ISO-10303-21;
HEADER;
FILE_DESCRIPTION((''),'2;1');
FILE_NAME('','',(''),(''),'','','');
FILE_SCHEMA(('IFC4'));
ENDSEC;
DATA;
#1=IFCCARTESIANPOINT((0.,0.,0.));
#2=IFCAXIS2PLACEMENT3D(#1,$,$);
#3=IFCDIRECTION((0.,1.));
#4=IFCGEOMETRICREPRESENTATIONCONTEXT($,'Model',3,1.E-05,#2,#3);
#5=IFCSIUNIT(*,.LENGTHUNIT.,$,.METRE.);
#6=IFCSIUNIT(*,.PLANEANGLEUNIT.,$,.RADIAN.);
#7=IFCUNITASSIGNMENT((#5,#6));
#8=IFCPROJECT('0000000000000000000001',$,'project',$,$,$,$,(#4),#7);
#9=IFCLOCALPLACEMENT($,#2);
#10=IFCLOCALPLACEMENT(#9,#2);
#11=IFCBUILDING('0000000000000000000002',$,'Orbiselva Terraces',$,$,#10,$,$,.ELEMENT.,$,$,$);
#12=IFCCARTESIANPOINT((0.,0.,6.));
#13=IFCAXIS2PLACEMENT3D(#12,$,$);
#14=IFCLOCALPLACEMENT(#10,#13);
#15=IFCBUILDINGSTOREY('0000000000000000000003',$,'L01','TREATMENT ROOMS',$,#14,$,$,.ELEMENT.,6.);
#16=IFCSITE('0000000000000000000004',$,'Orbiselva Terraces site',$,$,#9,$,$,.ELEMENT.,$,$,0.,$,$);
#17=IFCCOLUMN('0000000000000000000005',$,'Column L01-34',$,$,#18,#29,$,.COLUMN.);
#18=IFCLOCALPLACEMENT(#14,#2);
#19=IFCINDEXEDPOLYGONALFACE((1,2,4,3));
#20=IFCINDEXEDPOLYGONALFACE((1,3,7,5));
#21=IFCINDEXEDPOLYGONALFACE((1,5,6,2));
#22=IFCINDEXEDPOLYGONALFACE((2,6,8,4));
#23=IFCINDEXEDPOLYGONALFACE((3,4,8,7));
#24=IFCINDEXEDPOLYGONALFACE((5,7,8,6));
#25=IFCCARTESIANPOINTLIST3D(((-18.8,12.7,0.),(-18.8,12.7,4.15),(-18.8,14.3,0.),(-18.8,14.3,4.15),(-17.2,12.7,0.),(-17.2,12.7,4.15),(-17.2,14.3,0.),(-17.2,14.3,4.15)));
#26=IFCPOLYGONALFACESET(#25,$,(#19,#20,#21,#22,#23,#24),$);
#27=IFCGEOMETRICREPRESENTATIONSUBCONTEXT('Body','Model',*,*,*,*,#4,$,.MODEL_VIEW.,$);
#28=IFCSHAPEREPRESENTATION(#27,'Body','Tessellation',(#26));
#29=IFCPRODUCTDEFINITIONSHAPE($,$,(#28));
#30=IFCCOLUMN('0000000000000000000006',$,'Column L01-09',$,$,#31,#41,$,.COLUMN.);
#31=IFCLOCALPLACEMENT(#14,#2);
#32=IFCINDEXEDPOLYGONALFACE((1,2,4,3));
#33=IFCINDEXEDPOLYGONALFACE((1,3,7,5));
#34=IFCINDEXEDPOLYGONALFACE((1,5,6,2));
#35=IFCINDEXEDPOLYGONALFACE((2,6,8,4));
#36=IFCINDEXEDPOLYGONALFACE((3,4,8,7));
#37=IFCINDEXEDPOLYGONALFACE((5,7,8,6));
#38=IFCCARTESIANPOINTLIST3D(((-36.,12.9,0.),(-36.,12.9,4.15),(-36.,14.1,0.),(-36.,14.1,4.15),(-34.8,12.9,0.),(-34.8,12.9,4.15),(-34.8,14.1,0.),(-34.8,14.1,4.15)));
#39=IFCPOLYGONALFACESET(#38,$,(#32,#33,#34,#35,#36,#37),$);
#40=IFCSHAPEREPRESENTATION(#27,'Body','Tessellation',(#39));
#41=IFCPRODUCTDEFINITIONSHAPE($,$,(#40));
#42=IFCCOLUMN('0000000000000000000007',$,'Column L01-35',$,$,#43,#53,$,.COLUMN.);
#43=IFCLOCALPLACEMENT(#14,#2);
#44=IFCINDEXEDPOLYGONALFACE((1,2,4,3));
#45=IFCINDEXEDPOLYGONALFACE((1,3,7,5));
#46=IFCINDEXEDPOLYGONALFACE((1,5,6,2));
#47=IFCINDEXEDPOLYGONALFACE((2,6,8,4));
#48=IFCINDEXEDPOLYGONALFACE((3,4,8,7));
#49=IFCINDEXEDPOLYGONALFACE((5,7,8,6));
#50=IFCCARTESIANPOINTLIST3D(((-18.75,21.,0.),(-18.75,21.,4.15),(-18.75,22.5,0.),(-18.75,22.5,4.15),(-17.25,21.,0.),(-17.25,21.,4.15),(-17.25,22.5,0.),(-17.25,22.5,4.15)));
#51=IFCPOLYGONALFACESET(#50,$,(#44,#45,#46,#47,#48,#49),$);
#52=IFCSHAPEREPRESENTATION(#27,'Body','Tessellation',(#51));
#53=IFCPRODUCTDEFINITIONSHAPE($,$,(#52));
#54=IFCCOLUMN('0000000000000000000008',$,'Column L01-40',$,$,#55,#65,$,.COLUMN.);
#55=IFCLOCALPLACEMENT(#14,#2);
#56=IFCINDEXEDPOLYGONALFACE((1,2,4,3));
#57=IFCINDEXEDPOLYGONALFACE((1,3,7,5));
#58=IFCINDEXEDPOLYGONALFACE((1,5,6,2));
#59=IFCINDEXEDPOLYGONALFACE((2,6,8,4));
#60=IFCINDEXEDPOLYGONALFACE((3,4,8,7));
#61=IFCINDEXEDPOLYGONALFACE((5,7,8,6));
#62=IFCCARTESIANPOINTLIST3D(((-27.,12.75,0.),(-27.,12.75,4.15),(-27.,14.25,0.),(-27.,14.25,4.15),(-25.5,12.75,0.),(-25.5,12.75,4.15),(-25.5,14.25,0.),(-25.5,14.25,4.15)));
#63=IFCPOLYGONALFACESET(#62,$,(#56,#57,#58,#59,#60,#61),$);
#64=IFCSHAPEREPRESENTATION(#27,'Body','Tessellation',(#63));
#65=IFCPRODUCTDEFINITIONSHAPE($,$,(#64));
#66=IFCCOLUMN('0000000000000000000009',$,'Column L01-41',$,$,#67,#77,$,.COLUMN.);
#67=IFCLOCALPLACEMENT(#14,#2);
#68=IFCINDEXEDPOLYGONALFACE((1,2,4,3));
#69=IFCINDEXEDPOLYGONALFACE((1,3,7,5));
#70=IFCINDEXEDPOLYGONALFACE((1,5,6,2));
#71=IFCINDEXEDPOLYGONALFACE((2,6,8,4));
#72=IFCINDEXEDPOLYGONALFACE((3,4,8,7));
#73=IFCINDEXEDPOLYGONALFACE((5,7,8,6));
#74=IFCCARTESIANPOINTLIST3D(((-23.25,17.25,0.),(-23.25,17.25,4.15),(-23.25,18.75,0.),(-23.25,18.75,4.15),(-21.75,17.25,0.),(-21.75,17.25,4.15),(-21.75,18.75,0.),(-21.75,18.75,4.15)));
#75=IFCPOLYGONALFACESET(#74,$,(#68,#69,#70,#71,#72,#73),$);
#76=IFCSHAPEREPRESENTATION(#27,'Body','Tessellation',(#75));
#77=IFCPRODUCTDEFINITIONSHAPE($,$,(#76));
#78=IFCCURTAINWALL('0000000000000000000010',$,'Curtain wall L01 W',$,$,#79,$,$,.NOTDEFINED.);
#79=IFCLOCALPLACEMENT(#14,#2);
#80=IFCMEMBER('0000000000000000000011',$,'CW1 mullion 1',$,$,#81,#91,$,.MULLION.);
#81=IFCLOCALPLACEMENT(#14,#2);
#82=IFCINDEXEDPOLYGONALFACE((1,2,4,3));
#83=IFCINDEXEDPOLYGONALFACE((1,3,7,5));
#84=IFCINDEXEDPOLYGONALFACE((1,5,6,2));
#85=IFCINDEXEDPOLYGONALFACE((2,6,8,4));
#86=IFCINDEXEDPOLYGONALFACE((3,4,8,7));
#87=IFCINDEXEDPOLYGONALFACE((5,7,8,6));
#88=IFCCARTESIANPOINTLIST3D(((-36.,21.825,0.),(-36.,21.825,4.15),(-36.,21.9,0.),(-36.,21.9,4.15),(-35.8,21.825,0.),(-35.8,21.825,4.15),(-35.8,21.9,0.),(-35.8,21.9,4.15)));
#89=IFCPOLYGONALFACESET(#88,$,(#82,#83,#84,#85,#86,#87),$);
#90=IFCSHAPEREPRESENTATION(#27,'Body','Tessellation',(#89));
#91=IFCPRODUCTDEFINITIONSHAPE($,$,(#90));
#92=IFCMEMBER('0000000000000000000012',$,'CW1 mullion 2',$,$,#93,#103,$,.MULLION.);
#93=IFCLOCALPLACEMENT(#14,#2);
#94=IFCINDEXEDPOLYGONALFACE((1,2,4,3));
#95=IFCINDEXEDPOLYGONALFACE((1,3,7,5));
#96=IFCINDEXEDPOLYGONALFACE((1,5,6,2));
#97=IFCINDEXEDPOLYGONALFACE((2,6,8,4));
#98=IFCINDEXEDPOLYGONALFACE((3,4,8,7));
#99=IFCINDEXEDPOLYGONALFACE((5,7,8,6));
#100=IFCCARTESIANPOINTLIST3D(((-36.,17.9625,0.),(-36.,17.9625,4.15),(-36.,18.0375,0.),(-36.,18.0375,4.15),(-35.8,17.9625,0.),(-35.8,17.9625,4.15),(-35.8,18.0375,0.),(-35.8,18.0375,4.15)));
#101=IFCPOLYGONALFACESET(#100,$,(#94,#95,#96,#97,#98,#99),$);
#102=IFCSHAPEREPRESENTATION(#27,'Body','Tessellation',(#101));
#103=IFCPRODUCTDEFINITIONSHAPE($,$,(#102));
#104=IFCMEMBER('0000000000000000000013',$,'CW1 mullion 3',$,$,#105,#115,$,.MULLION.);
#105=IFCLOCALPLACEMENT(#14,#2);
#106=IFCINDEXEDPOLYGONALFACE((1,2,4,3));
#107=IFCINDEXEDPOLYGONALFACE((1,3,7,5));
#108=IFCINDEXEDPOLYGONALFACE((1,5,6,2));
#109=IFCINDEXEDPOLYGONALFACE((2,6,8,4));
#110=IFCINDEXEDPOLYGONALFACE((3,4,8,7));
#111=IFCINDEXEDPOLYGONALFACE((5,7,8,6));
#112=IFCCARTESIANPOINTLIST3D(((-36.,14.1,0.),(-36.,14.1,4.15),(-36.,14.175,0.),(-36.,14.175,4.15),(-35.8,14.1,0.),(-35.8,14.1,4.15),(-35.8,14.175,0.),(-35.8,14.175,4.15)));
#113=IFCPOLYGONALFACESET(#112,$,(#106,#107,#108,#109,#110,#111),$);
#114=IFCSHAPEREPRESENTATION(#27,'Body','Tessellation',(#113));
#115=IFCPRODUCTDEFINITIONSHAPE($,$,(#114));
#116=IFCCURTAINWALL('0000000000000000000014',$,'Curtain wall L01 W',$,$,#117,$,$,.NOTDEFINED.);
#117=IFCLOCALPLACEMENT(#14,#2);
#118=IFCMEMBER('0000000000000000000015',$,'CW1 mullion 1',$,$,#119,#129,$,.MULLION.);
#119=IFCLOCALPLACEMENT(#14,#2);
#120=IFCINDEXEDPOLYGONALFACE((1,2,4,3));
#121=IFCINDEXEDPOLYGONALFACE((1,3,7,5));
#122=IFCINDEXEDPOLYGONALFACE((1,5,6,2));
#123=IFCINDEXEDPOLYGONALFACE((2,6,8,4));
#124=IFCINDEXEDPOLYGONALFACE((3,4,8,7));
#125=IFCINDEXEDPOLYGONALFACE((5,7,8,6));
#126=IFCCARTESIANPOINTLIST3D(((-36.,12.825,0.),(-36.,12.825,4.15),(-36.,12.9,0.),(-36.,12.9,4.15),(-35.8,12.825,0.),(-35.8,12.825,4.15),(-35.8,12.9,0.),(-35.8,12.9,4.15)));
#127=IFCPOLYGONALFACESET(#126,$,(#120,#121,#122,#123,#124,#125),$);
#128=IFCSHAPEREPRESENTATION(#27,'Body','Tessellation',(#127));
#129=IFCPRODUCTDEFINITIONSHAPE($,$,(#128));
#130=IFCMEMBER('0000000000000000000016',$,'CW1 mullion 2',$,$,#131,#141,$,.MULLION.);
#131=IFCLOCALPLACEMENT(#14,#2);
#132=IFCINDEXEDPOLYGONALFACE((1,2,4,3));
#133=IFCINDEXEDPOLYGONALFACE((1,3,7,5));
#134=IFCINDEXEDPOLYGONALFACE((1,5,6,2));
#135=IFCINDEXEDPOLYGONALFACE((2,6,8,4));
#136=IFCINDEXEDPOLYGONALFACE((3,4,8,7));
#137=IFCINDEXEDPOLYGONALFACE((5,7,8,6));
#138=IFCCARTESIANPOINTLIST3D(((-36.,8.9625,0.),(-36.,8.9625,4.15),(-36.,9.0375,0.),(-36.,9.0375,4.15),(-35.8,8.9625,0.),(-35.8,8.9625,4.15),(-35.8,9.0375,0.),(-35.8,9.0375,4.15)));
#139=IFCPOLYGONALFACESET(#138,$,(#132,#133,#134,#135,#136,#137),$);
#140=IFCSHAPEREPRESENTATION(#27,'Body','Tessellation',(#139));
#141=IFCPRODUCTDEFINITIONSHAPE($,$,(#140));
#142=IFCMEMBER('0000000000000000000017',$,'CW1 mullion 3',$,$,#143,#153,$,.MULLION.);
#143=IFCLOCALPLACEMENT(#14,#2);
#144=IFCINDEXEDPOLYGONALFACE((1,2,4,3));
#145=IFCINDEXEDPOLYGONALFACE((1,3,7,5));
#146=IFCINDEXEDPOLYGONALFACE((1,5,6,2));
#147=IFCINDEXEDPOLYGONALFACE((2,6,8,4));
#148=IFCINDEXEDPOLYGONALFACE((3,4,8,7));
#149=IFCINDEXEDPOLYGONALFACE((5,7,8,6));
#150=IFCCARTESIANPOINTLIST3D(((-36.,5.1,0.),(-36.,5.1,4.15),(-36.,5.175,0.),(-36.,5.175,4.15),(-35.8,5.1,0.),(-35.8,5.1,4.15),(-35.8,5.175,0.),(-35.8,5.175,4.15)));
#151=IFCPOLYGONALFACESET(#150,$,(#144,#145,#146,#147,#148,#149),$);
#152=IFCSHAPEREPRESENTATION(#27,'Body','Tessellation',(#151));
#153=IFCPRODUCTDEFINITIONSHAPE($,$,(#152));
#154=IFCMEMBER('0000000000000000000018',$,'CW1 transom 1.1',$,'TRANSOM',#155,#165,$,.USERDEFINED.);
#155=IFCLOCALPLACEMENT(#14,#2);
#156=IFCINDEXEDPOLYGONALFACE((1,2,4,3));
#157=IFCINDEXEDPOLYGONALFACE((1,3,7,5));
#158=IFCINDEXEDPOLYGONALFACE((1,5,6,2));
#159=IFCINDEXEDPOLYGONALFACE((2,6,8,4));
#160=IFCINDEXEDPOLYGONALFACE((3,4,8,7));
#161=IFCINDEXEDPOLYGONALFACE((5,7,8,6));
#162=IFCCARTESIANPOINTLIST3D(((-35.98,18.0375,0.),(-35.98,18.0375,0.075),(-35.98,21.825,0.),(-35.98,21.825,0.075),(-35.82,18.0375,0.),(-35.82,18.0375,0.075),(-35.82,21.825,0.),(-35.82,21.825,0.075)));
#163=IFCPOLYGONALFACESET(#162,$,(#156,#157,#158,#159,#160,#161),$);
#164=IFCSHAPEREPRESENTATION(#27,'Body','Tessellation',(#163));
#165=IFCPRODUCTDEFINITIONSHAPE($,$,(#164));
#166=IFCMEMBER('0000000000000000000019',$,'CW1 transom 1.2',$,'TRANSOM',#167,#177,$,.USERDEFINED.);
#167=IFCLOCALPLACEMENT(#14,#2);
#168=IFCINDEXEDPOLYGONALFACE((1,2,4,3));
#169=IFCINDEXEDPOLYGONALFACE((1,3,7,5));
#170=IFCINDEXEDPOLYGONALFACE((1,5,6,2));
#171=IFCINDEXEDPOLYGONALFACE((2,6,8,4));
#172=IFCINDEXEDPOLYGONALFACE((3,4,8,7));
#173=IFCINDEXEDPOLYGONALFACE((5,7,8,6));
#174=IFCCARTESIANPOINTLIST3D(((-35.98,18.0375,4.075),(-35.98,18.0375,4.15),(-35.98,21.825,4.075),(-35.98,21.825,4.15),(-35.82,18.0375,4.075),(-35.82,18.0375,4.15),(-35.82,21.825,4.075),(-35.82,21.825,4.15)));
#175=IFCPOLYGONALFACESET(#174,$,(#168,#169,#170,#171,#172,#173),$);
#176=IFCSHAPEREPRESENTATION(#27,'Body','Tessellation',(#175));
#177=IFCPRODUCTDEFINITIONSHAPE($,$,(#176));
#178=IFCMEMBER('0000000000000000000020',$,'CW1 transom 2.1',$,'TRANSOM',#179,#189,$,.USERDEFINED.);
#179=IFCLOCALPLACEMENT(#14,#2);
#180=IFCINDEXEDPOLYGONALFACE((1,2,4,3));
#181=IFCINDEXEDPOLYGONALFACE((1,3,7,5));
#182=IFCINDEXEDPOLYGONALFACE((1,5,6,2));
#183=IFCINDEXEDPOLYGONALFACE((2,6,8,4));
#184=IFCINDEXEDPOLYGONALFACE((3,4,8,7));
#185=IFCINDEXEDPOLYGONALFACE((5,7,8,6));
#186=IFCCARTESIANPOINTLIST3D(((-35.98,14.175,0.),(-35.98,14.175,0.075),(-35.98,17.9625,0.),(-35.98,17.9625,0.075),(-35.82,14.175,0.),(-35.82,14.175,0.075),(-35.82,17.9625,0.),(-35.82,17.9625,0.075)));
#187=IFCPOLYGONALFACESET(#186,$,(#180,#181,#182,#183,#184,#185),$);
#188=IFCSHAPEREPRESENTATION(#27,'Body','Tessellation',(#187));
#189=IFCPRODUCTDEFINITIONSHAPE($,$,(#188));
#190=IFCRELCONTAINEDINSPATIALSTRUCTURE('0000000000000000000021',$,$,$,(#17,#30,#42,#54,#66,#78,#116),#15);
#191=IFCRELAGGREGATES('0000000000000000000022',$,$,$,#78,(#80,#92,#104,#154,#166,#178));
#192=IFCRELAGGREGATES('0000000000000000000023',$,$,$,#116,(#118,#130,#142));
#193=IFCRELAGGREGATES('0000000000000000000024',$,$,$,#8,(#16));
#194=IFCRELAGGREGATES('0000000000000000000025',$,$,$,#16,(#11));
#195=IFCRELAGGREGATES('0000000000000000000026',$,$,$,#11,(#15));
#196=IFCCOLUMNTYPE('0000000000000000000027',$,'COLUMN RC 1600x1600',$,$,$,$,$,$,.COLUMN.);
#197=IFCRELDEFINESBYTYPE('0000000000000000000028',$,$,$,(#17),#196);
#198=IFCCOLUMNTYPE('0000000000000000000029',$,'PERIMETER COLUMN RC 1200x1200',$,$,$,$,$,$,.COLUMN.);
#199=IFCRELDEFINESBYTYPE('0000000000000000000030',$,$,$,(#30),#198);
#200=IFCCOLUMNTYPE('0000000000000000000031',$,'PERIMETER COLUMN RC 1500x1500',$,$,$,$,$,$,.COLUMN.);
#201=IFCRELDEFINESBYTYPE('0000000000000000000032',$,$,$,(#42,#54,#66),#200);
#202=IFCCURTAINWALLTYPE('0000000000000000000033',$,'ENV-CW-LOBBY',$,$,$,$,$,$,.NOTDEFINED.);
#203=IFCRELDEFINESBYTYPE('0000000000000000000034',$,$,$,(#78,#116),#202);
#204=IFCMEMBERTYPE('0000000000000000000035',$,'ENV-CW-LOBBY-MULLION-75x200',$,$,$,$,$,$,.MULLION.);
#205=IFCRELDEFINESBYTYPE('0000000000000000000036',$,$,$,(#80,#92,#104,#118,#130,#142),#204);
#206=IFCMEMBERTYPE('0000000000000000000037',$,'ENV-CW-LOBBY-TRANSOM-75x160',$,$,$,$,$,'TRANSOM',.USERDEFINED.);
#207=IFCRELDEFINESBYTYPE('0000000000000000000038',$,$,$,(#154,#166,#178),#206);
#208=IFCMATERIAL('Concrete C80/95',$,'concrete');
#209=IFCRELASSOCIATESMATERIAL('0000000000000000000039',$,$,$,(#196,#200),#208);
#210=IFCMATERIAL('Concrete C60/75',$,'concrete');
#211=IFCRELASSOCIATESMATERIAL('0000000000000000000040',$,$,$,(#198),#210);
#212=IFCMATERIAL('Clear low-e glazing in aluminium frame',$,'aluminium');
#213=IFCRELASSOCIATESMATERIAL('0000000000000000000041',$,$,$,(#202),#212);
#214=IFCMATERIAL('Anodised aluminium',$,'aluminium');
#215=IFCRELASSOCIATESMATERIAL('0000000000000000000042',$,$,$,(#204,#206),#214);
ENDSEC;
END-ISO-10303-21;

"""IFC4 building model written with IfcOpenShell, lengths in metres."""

from ifc_helpers import new_model, si_unit, direction, frame, origin, origin_2d, place, context, subcontext, project, spatial, rectangle, extrude, material, material_profile, profile_set, type_object, element, aggregate, save


model = new_model("IFC4")

# Units and contexts
model_context = context("Model", 3, precision=1e-05, world=origin(), true_north=direction((0.0, 1.0)))
body_context = subcontext(model_context, "Body", "Model", "MODEL_VIEW")
ifc_project = project(units=[si_unit("LENGTHUNIT", "METRE"), si_unit("PLANEANGLEUNIT", "RADIAN")], contexts=[model_context])

# Site, building, storey
site_placement = place(None, origin())
site = spatial("IfcSite", under=ifc_project, at=site_placement, Name="Orbiselva Terraces site", CompositionType="ELEMENT", RefElevation=0.0)
building_placement = place(site_placement, origin())
building = spatial("IfcBuilding", under=site, at=building_placement, Name="Orbiselva Terraces", CompositionType="ELEMENT")
storey_placement = place(building_placement, frame((0.0, 0.0, 6.0)))
storey = spatial("IfcBuildingStorey", under=building, at=storey_placement, Name="L01", Description="TREATMENT ROOMS", CompositionType="ELEMENT", Elevation=6.0)

# Columns
ifc_material_1 = material(Name="Concrete C80/95", Category="concrete")
ifc_material_profile_1 = material_profile(ifc_material_1, rectangle(XDim=1.6, YDim=1.6, at=origin_2d()), Name="RC 1600x1600")
ifc_profile_set_1 = profile_set([ifc_material_profile_1], Name="Concrete C80/95")
column_type_1 = type_object("IfcColumnType", Name="COLUMN RC 1600x1600", PredefinedType="COLUMN", material=ifc_profile_set_1)
column_1_placement = place(storey_placement, frame((-18.0, 13.5, 0.0), z_axis=(0.0, 0.0, 1.0), x_axis=(1.0, 0.0, 0.0)))
element("IfcColumn", 1, at=column_1_placement, inside=storey, type_object=column_type_1, Name="Column L01-34", PredefinedType="COLUMN", context=body_context, shape_type="SweptSolid", body=[
    extrude(rectangle(XDim=1.6, YDim=1.6, at=origin_2d()), origin(), (0.0, 0.0, 1.0), 4.15),
])
ifc_material_2 = material(Name="Concrete C60/75", Category="concrete")
ifc_material_profile_2 = material_profile(ifc_material_2, rectangle(XDim=1.2, YDim=1.2, at=origin_2d()), Name="RC 1200x1200")
ifc_profile_set_2 = profile_set([ifc_material_profile_2], Name="Concrete C60/75")
column_type_2 = type_object("IfcColumnType", Name="PERIMETER COLUMN RC 1200x1200", PredefinedType="COLUMN", material=ifc_profile_set_2)
column_2_placement = place(storey_placement, frame((-35.4, 13.5, 0.0), z_axis=(0.0, 0.0, 1.0), x_axis=(1.0, 0.0, 0.0)))
element("IfcColumn", 2, at=column_2_placement, inside=storey, type_object=column_type_2, Name="Column L01-09", PredefinedType="COLUMN", context=body_context, shape_type="SweptSolid", body=[
    extrude(rectangle(XDim=1.2, YDim=1.2, at=origin_2d()), origin(), (0.0, 0.0, 1.0), 4.15),
])
ifc_material_profile_3 = material_profile(ifc_material_1, rectangle(XDim=1.5, YDim=1.5, at=origin_2d()), Name="RC 1500x1500")
ifc_profile_set_3 = profile_set([ifc_material_profile_3], Name="Concrete C80/95")
column_type_3 = type_object("IfcColumnType", Name="PERIMETER COLUMN RC 1500x1500", PredefinedType="COLUMN", material=ifc_profile_set_3)
for number, where, z_axis, x_axis, name in (
    (3, (-18.0, 21.75, 0.0), (0.0, 0.0, 1.0), (1.0, 0.0, 0.0), "Column L01-35"),
    (4, (-26.25, 13.5, 0.0), (0.0, 0.0, 1.0), (1.0, 0.0, 0.0), "Column L01-40"),
    (5, (-22.5, 18.0, 0.0), (0.0, 0.0, 1.0), (1.0, 0.0, 0.0), "Column L01-41"),
):
    element("IfcColumn", number, at=place(storey_placement, frame(where, z_axis=z_axis, x_axis=x_axis)), inside=storey, type_object=column_type_3, Name=name, PredefinedType="COLUMN", context=body_context, shape_type="SweptSolid", body=[
        extrude(rectangle(XDim=1.5, YDim=1.5, at=origin_2d()), origin(), (0.0, 0.0, 1.0), 4.15),
    ])

# Curtain walls, members
ifc_material_3 = material(Name="Clear low-e glazing in aluminium frame", Category="aluminium")
curtain_wall_type = type_object("IfcCurtainWallType", Name="ENV-CW-LOBBY", PredefinedType="NOTDEFINED", material=ifc_material_3)
curtain_wall_1_placement = place(storey_placement, origin())
curtain_wall_1 = element("IfcCurtainWall", 6, at=curtain_wall_1_placement, inside=storey, type_object=curtain_wall_type, Name="Curtain wall L01 W", PredefinedType="NOTDEFINED")
ifc_material_4 = material(Name="Anodised aluminium", Category="aluminium")
ifc_material_profile_4 = material_profile(ifc_material_4, rectangle(XDim=0.2, YDim=0.075, at=origin_2d()), Name="AL 75x200")
ifc_profile_set_4 = profile_set([ifc_material_profile_4], Name="Anodised aluminium")
member_type_1 = type_object("IfcMemberType", Name="ENV-CW-LOBBY-MULLION-75x200", PredefinedType="MULLION", material=ifc_profile_set_4)
member_1_placement = place(storey_placement, frame((-35.9, 21.8625, 0.0), z_axis=(0.0, 0.0, 1.0), x_axis=(1.0, 0.0, 0.0)))
member_1 = element("IfcMember", 7, at=member_1_placement, type_object=member_type_1, Name="CW1 mullion 1", PredefinedType="MULLION", context=body_context, shape_type="SweptSolid", body=[
    extrude(rectangle(XDim=0.2, YDim=0.075, at=origin_2d()), origin(), (0.0, 0.0, 1.0), 4.15),
])
member_2_placement = place(storey_placement, frame((-35.9, 18.0, 0.0), z_axis=(0.0, 0.0, 1.0), x_axis=(1.0, 0.0, 0.0)))
member_2 = element("IfcMember", 8, at=member_2_placement, type_object=member_type_1, Name="CW1 mullion 2", PredefinedType="MULLION", context=body_context, shape_type="SweptSolid", body=[
    extrude(rectangle(XDim=0.2, YDim=0.075, at=origin_2d()), origin(), (0.0, 0.0, 1.0), 4.15),
])
member_3_placement = place(storey_placement, frame((-35.9, 14.1375, 0.0), z_axis=(0.0, 0.0, 1.0), x_axis=(1.0, 0.0, 0.0)))
member_3 = element("IfcMember", 9, at=member_3_placement, type_object=member_type_1, Name="CW1 mullion 3", PredefinedType="MULLION", context=body_context, shape_type="SweptSolid", body=[
    extrude(rectangle(XDim=0.2, YDim=0.075, at=origin_2d()), origin(), (0.0, 0.0, 1.0), 4.15),
])
curtain_wall_2_placement = place(storey_placement, origin())
curtain_wall_2 = element("IfcCurtainWall", 10, at=curtain_wall_2_placement, inside=storey, type_object=curtain_wall_type, Name="Curtain wall L01 W", PredefinedType="NOTDEFINED")
member_4_placement = place(storey_placement, frame((-35.9, 12.8625, 0.0), z_axis=(0.0, 0.0, 1.0), x_axis=(1.0, 0.0, 0.0)))
member_4 = element("IfcMember", 11, at=member_4_placement, type_object=member_type_1, Name="CW1 mullion 1", PredefinedType="MULLION", context=body_context, shape_type="SweptSolid", body=[
    extrude(rectangle(XDim=0.2, YDim=0.075, at=origin_2d()), origin(), (0.0, 0.0, 1.0), 4.15),
])
member_5_placement = place(storey_placement, frame((-35.9, 9.0, 0.0), z_axis=(0.0, 0.0, 1.0), x_axis=(1.0, 0.0, 0.0)))
member_5 = element("IfcMember", 12, at=member_5_placement, type_object=member_type_1, Name="CW1 mullion 2", PredefinedType="MULLION", context=body_context, shape_type="SweptSolid", body=[
    extrude(rectangle(XDim=0.2, YDim=0.075, at=origin_2d()), origin(), (0.0, 0.0, 1.0), 4.15),
])
member_6_placement = place(storey_placement, frame((-35.9, 5.1375, 0.0), z_axis=(0.0, 0.0, 1.0), x_axis=(1.0, 0.0, 0.0)))
member_6 = element("IfcMember", 13, at=member_6_placement, type_object=member_type_1, Name="CW1 mullion 3", PredefinedType="MULLION", context=body_context, shape_type="SweptSolid", body=[
    extrude(rectangle(XDim=0.2, YDim=0.075, at=origin_2d()), origin(), (0.0, 0.0, 1.0), 4.15),
])

# Members
ifc_material_profile_5 = material_profile(ifc_material_4, rectangle(XDim=0.16, YDim=0.075, at=origin_2d()), Name="AL 75x160")
ifc_profile_set_5 = profile_set([ifc_material_profile_5], Name="Anodised aluminium")
member_type_2 = type_object("IfcMemberType", Name="ENV-CW-LOBBY-TRANSOM-75x160", ElementType="TRANSOM", PredefinedType="USERDEFINED", material=ifc_profile_set_5)
member_7_placement = place(storey_placement, frame((-35.9, 21.825, 0.0375), z_axis=(0.0, -1.0, 0.0), x_axis=(1.0, 0.0, 0.0)))
member_7 = element("IfcMember", 14, at=member_7_placement, type_object=member_type_2, Name="CW1 transom 1.1", ObjectType="TRANSOM", PredefinedType="USERDEFINED", context=body_context, shape_type="SweptSolid", body=[
    extrude(rectangle(XDim=0.16, YDim=0.075, at=origin_2d()), origin(), (0.0, 0.0, 1.0), 3.7875),
])
member_8_placement = place(storey_placement, frame((-35.9, 21.825, 4.1125), z_axis=(0.0, -1.0, 0.0), x_axis=(1.0, 0.0, 0.0)))
member_8 = element("IfcMember", 15, at=member_8_placement, type_object=member_type_2, Name="CW1 transom 1.2", ObjectType="TRANSOM", PredefinedType="USERDEFINED", context=body_context, shape_type="SweptSolid", body=[
    extrude(rectangle(XDim=0.16, YDim=0.075, at=origin_2d()), origin(), (0.0, 0.0, 1.0), 3.7875),
])
member_9_placement = place(storey_placement, frame((-35.9, 17.9625, 0.0375), z_axis=(0.0, -1.0, 0.0), x_axis=(1.0, 0.0, 0.0)))
member_9 = element("IfcMember", 16, at=member_9_placement, type_object=member_type_2, Name="CW1 transom 2.1", ObjectType="TRANSOM", PredefinedType="USERDEFINED", context=body_context, shape_type="SweptSolid", body=[
    extrude(rectangle(XDim=0.16, YDim=0.075, at=origin_2d()), origin(), (0.0, 0.0, 1.0), 3.7875),
])

aggregate(curtain_wall_1, [member_1, member_2, member_3, member_7, member_8, member_9])
aggregate(curtain_wall_2, [member_4, member_5, member_6])

save(model, "model.ifc")
